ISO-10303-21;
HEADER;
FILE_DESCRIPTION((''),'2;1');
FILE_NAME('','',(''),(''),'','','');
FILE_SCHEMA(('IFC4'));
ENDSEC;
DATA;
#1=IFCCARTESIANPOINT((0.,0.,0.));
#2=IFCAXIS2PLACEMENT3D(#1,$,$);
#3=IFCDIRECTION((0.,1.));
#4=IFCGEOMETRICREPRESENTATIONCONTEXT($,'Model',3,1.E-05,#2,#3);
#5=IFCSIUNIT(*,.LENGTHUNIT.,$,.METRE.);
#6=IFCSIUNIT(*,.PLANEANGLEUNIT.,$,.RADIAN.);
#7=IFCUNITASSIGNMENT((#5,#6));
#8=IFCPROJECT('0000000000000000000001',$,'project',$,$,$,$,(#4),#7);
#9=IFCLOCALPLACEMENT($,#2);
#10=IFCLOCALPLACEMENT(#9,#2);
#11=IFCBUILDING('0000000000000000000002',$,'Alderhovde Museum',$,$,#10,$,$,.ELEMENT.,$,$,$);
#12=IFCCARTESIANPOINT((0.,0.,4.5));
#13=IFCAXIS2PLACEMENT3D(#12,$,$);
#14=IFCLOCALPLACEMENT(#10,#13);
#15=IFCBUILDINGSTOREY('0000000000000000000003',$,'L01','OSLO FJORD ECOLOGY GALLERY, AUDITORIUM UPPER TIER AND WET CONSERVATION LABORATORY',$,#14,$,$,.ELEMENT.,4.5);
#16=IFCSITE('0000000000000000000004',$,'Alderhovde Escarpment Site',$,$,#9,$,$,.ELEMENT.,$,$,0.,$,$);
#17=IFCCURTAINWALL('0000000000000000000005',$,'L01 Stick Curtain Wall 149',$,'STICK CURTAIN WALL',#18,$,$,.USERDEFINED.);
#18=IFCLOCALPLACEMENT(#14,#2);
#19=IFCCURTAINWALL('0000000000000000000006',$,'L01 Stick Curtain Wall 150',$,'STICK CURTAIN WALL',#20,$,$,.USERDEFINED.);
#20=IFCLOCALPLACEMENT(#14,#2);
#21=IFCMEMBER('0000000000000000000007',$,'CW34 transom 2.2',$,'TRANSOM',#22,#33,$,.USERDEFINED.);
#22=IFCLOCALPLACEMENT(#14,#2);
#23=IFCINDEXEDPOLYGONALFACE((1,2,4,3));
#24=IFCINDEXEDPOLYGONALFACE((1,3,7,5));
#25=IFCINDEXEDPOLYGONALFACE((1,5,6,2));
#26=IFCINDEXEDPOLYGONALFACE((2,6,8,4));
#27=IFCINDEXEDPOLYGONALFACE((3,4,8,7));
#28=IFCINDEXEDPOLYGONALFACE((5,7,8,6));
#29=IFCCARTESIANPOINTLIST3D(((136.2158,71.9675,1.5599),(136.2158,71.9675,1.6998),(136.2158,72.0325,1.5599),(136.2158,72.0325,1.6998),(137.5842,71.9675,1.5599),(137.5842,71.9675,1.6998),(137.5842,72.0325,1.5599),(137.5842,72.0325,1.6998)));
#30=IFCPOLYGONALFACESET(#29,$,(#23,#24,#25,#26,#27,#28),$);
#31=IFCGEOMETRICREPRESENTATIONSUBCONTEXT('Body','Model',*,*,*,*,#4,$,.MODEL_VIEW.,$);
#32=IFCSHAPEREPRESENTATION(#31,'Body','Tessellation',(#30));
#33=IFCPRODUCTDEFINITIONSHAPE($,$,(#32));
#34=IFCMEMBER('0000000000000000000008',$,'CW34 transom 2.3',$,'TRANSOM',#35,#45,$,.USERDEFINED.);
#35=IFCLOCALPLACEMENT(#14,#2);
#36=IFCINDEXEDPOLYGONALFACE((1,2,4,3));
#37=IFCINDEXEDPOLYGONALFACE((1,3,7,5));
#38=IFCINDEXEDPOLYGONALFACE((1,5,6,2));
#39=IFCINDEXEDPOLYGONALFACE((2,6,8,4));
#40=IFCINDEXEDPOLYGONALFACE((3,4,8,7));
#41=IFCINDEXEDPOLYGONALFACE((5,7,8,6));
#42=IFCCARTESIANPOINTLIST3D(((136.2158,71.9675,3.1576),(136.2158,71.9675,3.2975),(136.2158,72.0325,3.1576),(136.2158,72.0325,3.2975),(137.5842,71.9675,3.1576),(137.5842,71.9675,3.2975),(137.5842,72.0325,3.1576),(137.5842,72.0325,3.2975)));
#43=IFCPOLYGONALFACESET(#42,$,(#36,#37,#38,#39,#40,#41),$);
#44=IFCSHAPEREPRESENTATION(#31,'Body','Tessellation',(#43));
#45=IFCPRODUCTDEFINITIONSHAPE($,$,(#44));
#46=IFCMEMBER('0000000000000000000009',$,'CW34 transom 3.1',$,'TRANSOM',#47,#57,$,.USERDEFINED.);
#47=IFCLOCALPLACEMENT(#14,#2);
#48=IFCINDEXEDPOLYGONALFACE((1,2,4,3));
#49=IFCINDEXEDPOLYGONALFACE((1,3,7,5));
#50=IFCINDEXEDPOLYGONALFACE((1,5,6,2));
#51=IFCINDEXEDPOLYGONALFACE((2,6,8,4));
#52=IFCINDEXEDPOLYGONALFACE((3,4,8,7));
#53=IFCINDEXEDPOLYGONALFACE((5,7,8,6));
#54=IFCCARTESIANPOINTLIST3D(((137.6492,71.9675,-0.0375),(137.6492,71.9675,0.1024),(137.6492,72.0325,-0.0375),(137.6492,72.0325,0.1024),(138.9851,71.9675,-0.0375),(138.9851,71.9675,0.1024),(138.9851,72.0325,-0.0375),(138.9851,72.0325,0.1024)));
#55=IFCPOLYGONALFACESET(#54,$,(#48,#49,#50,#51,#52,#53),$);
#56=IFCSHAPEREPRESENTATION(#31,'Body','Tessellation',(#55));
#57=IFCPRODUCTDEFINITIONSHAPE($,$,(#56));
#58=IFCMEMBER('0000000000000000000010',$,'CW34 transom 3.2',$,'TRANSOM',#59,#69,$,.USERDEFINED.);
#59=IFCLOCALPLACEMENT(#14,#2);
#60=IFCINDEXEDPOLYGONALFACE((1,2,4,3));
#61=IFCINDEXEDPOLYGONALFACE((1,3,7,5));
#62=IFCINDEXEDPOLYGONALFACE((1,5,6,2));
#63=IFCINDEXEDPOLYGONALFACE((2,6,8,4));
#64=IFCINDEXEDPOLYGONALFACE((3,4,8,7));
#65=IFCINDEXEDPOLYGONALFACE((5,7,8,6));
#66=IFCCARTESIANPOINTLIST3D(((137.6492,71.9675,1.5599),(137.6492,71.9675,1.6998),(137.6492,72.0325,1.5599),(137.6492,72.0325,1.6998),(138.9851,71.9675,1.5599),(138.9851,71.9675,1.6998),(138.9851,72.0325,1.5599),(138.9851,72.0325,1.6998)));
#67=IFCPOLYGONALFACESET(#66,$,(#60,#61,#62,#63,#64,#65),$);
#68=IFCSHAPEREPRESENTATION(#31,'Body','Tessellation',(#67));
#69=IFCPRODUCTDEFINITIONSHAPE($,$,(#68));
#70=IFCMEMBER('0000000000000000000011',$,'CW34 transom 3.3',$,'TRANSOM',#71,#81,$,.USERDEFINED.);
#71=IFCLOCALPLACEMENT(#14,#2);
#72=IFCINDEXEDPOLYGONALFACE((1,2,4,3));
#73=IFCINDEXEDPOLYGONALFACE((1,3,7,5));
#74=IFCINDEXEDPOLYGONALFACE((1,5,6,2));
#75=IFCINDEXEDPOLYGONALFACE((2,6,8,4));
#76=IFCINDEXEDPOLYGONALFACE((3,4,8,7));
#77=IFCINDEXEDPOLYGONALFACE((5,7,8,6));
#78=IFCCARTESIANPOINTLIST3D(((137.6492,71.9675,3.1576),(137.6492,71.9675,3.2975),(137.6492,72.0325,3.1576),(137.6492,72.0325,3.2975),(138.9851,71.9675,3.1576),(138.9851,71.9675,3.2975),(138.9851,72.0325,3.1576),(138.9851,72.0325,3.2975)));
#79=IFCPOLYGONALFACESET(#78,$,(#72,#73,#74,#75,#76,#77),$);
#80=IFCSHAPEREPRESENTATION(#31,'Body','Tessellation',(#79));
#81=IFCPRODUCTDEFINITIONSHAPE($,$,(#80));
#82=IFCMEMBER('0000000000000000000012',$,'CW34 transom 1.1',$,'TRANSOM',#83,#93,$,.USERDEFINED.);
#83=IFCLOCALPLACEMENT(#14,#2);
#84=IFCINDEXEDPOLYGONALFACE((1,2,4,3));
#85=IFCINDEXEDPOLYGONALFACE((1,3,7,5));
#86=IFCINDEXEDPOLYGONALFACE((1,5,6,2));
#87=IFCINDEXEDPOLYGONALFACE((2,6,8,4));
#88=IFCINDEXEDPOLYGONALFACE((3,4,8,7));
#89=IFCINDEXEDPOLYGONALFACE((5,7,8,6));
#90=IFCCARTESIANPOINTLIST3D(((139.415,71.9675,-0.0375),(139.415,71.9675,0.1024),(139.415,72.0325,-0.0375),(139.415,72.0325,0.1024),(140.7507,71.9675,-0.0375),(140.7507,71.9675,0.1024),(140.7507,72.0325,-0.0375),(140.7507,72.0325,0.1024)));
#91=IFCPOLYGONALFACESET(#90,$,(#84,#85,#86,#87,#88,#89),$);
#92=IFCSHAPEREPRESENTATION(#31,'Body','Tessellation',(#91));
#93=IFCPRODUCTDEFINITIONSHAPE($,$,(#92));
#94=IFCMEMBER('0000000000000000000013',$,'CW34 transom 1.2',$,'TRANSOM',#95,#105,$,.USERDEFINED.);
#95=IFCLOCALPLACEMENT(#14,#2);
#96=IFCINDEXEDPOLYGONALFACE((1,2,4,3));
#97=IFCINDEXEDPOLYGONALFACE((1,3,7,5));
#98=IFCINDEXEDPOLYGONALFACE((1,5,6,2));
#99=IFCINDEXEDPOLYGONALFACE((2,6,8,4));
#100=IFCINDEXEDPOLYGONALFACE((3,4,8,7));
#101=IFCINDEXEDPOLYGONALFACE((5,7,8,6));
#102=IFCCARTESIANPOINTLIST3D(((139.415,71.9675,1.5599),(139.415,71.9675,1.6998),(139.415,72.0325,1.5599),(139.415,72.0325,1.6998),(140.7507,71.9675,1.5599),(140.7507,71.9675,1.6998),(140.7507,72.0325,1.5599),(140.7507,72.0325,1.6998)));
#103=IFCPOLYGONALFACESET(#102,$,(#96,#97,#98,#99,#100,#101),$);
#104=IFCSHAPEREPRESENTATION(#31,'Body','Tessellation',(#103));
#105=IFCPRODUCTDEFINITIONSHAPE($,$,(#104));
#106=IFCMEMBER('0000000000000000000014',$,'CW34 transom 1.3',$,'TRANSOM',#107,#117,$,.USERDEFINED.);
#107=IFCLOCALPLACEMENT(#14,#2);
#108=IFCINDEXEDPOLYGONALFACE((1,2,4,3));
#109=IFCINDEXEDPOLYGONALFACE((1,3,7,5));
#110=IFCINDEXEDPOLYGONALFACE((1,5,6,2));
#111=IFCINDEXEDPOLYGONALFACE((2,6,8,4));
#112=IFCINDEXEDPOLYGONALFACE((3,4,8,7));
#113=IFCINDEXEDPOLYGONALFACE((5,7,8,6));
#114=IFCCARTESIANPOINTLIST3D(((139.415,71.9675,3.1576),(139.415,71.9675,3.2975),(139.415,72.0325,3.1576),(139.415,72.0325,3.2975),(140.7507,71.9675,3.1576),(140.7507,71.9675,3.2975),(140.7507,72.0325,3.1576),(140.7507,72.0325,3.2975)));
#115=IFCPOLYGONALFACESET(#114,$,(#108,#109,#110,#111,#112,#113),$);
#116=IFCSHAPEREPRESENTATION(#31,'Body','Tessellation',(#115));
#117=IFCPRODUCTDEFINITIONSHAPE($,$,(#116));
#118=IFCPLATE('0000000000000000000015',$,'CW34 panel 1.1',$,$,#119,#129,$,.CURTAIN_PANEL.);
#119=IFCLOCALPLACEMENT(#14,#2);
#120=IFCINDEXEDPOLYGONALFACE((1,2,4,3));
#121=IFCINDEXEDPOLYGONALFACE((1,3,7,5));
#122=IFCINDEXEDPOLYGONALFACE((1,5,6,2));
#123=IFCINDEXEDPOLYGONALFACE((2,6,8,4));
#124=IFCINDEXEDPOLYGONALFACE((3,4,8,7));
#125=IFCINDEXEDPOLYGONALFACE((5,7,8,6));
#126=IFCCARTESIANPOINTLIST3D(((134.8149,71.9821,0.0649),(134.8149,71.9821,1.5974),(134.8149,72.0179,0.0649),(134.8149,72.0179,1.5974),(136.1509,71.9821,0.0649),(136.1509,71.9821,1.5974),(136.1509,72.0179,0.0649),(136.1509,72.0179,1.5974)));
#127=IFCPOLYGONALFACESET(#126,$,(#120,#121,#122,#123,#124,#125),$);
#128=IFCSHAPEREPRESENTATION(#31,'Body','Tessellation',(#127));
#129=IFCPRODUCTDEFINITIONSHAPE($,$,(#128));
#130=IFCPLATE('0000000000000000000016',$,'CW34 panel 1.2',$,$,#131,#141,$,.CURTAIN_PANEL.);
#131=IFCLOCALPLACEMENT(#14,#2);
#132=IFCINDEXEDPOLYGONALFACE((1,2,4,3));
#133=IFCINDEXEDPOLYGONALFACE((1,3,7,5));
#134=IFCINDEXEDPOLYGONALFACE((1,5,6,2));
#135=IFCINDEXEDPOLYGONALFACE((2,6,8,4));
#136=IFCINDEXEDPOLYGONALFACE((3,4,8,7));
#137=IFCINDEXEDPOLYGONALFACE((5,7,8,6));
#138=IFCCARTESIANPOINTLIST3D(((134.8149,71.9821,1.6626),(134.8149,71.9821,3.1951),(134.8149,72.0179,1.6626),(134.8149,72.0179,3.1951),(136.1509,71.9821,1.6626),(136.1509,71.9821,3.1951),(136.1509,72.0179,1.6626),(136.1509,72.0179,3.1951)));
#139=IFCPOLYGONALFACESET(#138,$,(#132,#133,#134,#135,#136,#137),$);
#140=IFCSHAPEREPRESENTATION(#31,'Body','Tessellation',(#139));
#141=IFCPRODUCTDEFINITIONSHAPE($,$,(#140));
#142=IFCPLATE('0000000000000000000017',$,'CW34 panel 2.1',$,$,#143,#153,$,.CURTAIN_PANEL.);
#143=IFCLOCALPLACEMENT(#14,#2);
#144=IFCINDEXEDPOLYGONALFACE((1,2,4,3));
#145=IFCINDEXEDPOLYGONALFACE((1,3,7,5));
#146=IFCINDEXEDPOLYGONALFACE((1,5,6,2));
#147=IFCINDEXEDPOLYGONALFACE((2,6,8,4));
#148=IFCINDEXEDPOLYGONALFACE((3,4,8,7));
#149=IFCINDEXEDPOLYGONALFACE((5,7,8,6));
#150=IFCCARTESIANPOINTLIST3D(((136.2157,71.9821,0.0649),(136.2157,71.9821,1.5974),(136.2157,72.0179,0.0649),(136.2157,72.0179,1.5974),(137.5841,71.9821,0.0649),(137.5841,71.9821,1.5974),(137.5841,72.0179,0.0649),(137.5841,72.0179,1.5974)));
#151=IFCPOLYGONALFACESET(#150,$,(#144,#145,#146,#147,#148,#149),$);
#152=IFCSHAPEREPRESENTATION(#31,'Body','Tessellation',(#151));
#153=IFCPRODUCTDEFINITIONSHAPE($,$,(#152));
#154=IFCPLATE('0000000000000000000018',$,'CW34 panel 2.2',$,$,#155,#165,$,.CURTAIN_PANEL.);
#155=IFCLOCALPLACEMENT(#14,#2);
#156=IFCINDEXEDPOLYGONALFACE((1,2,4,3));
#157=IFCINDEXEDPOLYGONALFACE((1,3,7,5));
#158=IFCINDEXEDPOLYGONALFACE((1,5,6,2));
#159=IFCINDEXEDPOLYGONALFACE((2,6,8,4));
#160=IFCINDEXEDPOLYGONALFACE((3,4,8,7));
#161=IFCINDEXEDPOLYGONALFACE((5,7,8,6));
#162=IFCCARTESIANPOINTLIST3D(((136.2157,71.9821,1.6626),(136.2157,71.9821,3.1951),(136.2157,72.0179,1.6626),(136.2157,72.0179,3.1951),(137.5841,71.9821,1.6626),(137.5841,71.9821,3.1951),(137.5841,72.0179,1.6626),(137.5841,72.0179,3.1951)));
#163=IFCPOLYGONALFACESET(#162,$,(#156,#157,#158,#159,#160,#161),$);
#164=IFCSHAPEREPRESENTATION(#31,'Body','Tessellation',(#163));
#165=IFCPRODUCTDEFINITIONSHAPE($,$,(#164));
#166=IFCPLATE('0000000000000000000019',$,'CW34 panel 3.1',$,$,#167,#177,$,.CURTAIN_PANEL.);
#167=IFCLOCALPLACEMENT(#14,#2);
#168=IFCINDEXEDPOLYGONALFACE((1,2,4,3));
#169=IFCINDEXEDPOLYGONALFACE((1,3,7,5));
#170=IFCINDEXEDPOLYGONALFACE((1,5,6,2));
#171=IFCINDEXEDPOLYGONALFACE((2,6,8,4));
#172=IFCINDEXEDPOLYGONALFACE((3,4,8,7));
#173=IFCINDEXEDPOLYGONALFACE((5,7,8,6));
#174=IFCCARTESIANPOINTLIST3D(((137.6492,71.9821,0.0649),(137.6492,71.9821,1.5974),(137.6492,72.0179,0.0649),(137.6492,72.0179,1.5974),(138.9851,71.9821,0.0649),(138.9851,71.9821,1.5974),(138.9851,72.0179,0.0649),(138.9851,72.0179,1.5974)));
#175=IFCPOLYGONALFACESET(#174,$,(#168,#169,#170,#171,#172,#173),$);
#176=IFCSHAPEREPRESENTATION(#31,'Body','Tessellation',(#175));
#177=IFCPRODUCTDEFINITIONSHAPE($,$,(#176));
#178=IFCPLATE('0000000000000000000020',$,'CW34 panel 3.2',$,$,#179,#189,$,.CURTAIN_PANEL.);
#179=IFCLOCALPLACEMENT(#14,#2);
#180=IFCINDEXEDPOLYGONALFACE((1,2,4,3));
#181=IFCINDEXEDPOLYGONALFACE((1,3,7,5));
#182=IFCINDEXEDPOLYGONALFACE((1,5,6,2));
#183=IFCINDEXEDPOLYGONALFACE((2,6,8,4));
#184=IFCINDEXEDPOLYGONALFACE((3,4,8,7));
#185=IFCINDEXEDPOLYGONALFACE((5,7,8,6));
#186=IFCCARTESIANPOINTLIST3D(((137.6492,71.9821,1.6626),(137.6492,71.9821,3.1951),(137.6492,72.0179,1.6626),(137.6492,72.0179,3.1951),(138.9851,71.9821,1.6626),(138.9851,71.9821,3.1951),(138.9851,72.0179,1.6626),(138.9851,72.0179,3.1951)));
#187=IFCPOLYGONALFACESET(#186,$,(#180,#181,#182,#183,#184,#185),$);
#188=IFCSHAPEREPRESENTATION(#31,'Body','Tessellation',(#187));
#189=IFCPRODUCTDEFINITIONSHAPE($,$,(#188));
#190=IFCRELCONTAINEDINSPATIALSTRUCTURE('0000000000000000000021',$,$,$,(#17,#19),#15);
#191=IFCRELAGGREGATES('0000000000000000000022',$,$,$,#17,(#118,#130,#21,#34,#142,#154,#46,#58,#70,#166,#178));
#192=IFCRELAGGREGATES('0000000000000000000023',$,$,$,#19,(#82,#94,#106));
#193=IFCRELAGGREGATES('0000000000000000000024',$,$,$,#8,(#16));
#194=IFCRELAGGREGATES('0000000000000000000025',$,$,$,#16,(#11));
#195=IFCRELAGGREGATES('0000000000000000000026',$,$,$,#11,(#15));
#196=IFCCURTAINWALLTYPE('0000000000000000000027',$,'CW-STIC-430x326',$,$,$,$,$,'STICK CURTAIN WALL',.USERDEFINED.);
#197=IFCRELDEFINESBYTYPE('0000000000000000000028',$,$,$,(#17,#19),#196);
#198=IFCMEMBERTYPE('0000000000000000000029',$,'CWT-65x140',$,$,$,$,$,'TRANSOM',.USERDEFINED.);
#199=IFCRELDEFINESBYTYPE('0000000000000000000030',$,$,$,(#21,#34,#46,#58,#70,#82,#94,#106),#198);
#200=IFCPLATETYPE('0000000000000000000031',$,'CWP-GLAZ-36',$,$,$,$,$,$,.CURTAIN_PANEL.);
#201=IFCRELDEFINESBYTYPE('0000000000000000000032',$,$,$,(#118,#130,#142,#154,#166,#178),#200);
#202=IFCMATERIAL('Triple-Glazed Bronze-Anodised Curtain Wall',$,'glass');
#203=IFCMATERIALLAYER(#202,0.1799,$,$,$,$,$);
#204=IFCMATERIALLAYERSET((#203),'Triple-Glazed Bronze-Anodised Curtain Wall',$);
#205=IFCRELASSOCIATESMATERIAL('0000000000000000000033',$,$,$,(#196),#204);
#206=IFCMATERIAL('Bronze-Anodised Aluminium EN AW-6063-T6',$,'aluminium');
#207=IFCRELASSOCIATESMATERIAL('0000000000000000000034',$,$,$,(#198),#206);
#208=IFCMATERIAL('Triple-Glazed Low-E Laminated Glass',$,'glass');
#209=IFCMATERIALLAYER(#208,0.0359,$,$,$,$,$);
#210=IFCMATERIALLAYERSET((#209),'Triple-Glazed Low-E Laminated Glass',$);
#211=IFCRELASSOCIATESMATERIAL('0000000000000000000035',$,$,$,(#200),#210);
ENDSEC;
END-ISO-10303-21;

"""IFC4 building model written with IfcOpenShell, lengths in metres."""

from ifc_helpers import new_model, si_unit, direction, frame, origin, origin_2d, place, context, subcontext, project, spatial, rectangle, extrude, material, layer, layer_set, material_profile, profile_set, type_object, element, aggregate, save


model = new_model("IFC4")

# Units and contexts
model_context = context("Model", 3, precision=1e-05, world=origin(), true_north=direction((0.0, 1.0)))
body_context = subcontext(model_context, "Body", "Model", "MODEL_VIEW")
ifc_project = project(units=[si_unit("LENGTHUNIT", "METRE"), si_unit("PLANEANGLEUNIT", "RADIAN")], contexts=[model_context])

# Site, building, storey
site_placement = place(None, origin())
site = spatial("IfcSite", under=ifc_project, at=site_placement, Name="Alderhovde Escarpment Site", CompositionType="ELEMENT", RefElevation=0.0)
building_placement = place(site_placement, origin())
building = spatial("IfcBuilding", under=site, at=building_placement, Name="Alderhovde Museum", CompositionType="ELEMENT")
storey_placement = place(building_placement, frame((0.0, 0.0, 4.5)))
storey = spatial("IfcBuildingStorey", under=building, at=storey_placement, Name="L01", Description="OSLO FJORD ECOLOGY GALLERY, AUDITORIUM UPPER TIER AND WET CONSERVATION LABORATORY", CompositionType="ELEMENT", Elevation=4.5)

# Curtain walls
ifc_material_1 = material(Name="Triple-Glazed Bronze-Anodised Curtain Wall", Category="glass")
ifc_layer_1 = layer(ifc_material_1, 0.1799)
ifc_layer_set_1 = layer_set([ifc_layer_1], Name="Triple-Glazed Bronze-Anodised Curtain Wall")
curtain_wall_type_1 = type_object("IfcCurtainWallType", Name="CW-STIC-430x326", ElementType="STICK CURTAIN WALL", PredefinedType="USERDEFINED", material=ifc_layer_set_1)
curtain_wall_1_placement = place(storey_placement, origin())
curtain_wall_1 = element("IfcCurtainWall", 1, at=curtain_wall_1_placement, inside=storey, type_object=curtain_wall_type_1, Name="L01 Stick Curtain Wall 149", ObjectType="STICK CURTAIN WALL", PredefinedType="USERDEFINED")
curtain_wall_2_placement = place(storey_placement, origin())
curtain_wall_2 = element("IfcCurtainWall", 2, at=curtain_wall_2_placement, inside=storey, type_object=curtain_wall_type_1, Name="L01 Stick Curtain Wall 150", ObjectType="STICK CURTAIN WALL", PredefinedType="USERDEFINED")

# Members
ifc_material_2 = material(Name="Bronze-Anodised Aluminium EN AW-6063-T6", Category="aluminium")
ifc_material_profile_1 = material_profile(ifc_material_2, rectangle(XDim=0.0649, YDim=0.1399, at=origin_2d()), Name="TRANSOM 65x140")
ifc_profile_set_1 = profile_set([ifc_material_profile_1], Name="Bronze-Anodised Aluminium EN AW-6063-T6")
member_type_1 = type_object("IfcMemberType", Name="CWT-65x140", ElementType="TRANSOM", PredefinedType="USERDEFINED", material=ifc_profile_set_1)
member_1_placement = place(storey_placement, frame((136.2158, 72.0, 1.6299), z_axis=(1.0, 0.0, 0.0), x_axis=(0.0, 1.0, 0.0)))
member_1 = element("IfcMember", 3, at=member_1_placement, type_object=member_type_1, Name="CW34 transom 2.2", ObjectType="TRANSOM", PredefinedType="USERDEFINED", context=body_context, shape_type="SweptSolid", body=[
    extrude(rectangle(XDim=0.0649, YDim=0.1399, at=origin_2d()), origin(), (0.0, 0.0, 1.0), 1.3684),
])
member_2_placement = place(storey_placement, frame((136.2158, 72.0, 3.2275), z_axis=(1.0, 0.0, 0.0), x_axis=(0.0, 1.0, 0.0)))
member_2 = element("IfcMember", 4, at=member_2_placement, type_object=member_type_1, Name="CW34 transom 2.3", ObjectType="TRANSOM", PredefinedType="USERDEFINED", context=body_context, shape_type="SweptSolid", body=[
    extrude(rectangle(XDim=0.0649, YDim=0.1399, at=origin_2d()), origin(), (0.0, 0.0, 1.0), 1.3684),
])
member_3_placement = place(storey_placement, frame((137.6492, 72.0, 0.0325), z_axis=(1.0, 0.0, 0.0), x_axis=(0.0, 1.0, 0.0)))
member_3 = element("IfcMember", 5, at=member_3_placement, type_object=member_type_1, Name="CW34 transom 3.1", ObjectType="TRANSOM", PredefinedType="USERDEFINED", context=body_context, shape_type="SweptSolid", body=[
    extrude(rectangle(XDim=0.0649, YDim=0.1399, at=origin_2d()), origin(), (0.0, 0.0, 1.0), 1.3359),
])
member_4_placement = place(storey_placement, frame((137.6492, 72.0, 1.6299), z_axis=(1.0, 0.0, 0.0), x_axis=(0.0, 1.0, 0.0)))
member_4 = element("IfcMember", 6, at=member_4_placement, type_object=member_type_1, Name="CW34 transom 3.2", ObjectType="TRANSOM", PredefinedType="USERDEFINED", context=body_context, shape_type="SweptSolid", body=[
    extrude(rectangle(XDim=0.0649, YDim=0.1399, at=origin_2d()), origin(), (0.0, 0.0, 1.0), 1.3359),
])
member_5_placement = place(storey_placement, frame((137.6492, 72.0, 3.2275), z_axis=(1.0, 0.0, 0.0), x_axis=(0.0, 1.0, 0.0)))
member_5 = element("IfcMember", 7, at=member_5_placement, type_object=member_type_1, Name="CW34 transom 3.3", ObjectType="TRANSOM", PredefinedType="USERDEFINED", context=body_context, shape_type="SweptSolid", body=[
    extrude(rectangle(XDim=0.0649, YDim=0.1399, at=origin_2d()), origin(), (0.0, 0.0, 1.0), 1.3359),
])
member_6_placement = place(storey_placement, frame((139.415, 72.0, 0.0325), z_axis=(1.0, 0.0, 0.0), x_axis=(0.0, 1.0, 0.0)))
member_6 = element("IfcMember", 8, at=member_6_placement, type_object=member_type_1, Name="CW34 transom 1.1", ObjectType="TRANSOM", PredefinedType="USERDEFINED", context=body_context, shape_type="SweptSolid", body=[
    extrude(rectangle(XDim=0.0649, YDim=0.1399, at=origin_2d()), origin(), (0.0, 0.0, 1.0), 1.3357),
])
member_7_placement = place(storey_placement, frame((139.415, 72.0, 1.6299), z_axis=(1.0, 0.0, 0.0), x_axis=(0.0, 1.0, 0.0)))
member_7 = element("IfcMember", 9, at=member_7_placement, type_object=member_type_1, Name="CW34 transom 1.2", ObjectType="TRANSOM", PredefinedType="USERDEFINED", context=body_context, shape_type="SweptSolid", body=[
    extrude(rectangle(XDim=0.0649, YDim=0.1399, at=origin_2d()), origin(), (0.0, 0.0, 1.0), 1.3357),
])
member_8_placement = place(storey_placement, frame((139.415, 72.0, 3.2275), z_axis=(1.0, 0.0, 0.0), x_axis=(0.0, 1.0, 0.0)))
member_8 = element("IfcMember", 10, at=member_8_placement, type_object=member_type_1, Name="CW34 transom 1.3", ObjectType="TRANSOM", PredefinedType="USERDEFINED", context=body_context, shape_type="SweptSolid", body=[
    extrude(rectangle(XDim=0.0649, YDim=0.1399, at=origin_2d()), origin(), (0.0, 0.0, 1.0), 1.3357),
])

# Plates
ifc_material_3 = material(Name="Triple-Glazed Low-E Laminated Glass", Category="glass")
ifc_layer_2 = layer(ifc_material_3, 0.0359)
ifc_layer_set_2 = layer_set([ifc_layer_2], Name="Triple-Glazed Low-E Laminated Glass")
plate_type_1 = type_object("IfcPlateType", Name="CWP-GLAZ-36", PredefinedType="CURTAIN_PANEL", material=ifc_layer_set_2)
plate_1_placement = place(storey_placement, frame((135.4829, 72.0, 0.0649), z_axis=(0.0, 0.0, 1.0), x_axis=(1.0, 0.0, 0.0)))
plate_1 = element("IfcPlate", 11, at=plate_1_placement, type_object=plate_type_1, Name="CW34 panel 1.1", PredefinedType="CURTAIN_PANEL", context=body_context, shape_type="SweptSolid", body=[
    extrude(rectangle(XDim=1.3359, YDim=0.0359, at=origin_2d()), origin(), (0.0, 0.0, 1.0), 1.5325),
])
plate_2_placement = place(storey_placement, frame((135.4829, 72.0, 1.6626), z_axis=(0.0, 0.0, 1.0), x_axis=(1.0, 0.0, 0.0)))
plate_2 = element("IfcPlate", 12, at=plate_2_placement, type_object=plate_type_1, Name="CW34 panel 1.2", PredefinedType="CURTAIN_PANEL", context=body_context, shape_type="SweptSolid", body=[
    extrude(rectangle(XDim=1.3359, YDim=0.0359, at=origin_2d()), origin(), (0.0, 0.0, 1.0), 1.5325),
])
plate_3_placement = place(storey_placement, frame((136.8999, 72.0, 0.0649), z_axis=(0.0, 0.0, 1.0), x_axis=(1.0, 0.0, 0.0)))
plate_3 = element("IfcPlate", 13, at=plate_3_placement, type_object=plate_type_1, Name="CW34 panel 2.1", PredefinedType="CURTAIN_PANEL", context=body_context, shape_type="SweptSolid", body=[
    extrude(rectangle(XDim=1.3684, YDim=0.0359, at=origin_2d()), origin(), (0.0, 0.0, 1.0), 1.5325),
])
plate_4_placement = place(storey_placement, frame((136.8999, 72.0, 1.6626), z_axis=(0.0, 0.0, 1.0), x_axis=(1.0, 0.0, 0.0)))
plate_4 = element("IfcPlate", 14, at=plate_4_placement, type_object=plate_type_1, Name="CW34 panel 2.2", PredefinedType="CURTAIN_PANEL", context=body_context, shape_type="SweptSolid", body=[
    extrude(rectangle(XDim=1.3684, YDim=0.0359, at=origin_2d()), origin(), (0.0, 0.0, 1.0), 1.5325),
])
plate_5_placement = place(storey_placement, frame((138.3171, 72.0, 0.0649), z_axis=(0.0, 0.0, 1.0), x_axis=(1.0, 0.0, 0.0)))
plate_5 = element("IfcPlate", 15, at=plate_5_placement, type_object=plate_type_1, Name="CW34 panel 3.1", PredefinedType="CURTAIN_PANEL", context=body_context, shape_type="SweptSolid", body=[
    extrude(rectangle(XDim=1.3359, YDim=0.0359, at=origin_2d()), origin(), (0.0, 0.0, 1.0), 1.5325),
])
plate_6_placement = place(storey_placement, frame((138.3171, 72.0, 1.6626), z_axis=(0.0, 0.0, 1.0), x_axis=(1.0, 0.0, 0.0)))
plate_6 = element("IfcPlate", 16, at=plate_6_placement, type_object=plate_type_1, Name="CW34 panel 3.2", PredefinedType="CURTAIN_PANEL", context=body_context, shape_type="SweptSolid", body=[
    extrude(rectangle(XDim=1.3359, YDim=0.0359, at=origin_2d()), origin(), (0.0, 0.0, 1.0), 1.5325),
])
aggregate(curtain_wall_1, [plate_1, plate_2, member_1, member_2, plate_3, plate_4, member_3, member_4, member_5, plate_5, plate_6])
aggregate(curtain_wall_2, [member_6, member_7, member_8])

save(model, "model.ifc")
